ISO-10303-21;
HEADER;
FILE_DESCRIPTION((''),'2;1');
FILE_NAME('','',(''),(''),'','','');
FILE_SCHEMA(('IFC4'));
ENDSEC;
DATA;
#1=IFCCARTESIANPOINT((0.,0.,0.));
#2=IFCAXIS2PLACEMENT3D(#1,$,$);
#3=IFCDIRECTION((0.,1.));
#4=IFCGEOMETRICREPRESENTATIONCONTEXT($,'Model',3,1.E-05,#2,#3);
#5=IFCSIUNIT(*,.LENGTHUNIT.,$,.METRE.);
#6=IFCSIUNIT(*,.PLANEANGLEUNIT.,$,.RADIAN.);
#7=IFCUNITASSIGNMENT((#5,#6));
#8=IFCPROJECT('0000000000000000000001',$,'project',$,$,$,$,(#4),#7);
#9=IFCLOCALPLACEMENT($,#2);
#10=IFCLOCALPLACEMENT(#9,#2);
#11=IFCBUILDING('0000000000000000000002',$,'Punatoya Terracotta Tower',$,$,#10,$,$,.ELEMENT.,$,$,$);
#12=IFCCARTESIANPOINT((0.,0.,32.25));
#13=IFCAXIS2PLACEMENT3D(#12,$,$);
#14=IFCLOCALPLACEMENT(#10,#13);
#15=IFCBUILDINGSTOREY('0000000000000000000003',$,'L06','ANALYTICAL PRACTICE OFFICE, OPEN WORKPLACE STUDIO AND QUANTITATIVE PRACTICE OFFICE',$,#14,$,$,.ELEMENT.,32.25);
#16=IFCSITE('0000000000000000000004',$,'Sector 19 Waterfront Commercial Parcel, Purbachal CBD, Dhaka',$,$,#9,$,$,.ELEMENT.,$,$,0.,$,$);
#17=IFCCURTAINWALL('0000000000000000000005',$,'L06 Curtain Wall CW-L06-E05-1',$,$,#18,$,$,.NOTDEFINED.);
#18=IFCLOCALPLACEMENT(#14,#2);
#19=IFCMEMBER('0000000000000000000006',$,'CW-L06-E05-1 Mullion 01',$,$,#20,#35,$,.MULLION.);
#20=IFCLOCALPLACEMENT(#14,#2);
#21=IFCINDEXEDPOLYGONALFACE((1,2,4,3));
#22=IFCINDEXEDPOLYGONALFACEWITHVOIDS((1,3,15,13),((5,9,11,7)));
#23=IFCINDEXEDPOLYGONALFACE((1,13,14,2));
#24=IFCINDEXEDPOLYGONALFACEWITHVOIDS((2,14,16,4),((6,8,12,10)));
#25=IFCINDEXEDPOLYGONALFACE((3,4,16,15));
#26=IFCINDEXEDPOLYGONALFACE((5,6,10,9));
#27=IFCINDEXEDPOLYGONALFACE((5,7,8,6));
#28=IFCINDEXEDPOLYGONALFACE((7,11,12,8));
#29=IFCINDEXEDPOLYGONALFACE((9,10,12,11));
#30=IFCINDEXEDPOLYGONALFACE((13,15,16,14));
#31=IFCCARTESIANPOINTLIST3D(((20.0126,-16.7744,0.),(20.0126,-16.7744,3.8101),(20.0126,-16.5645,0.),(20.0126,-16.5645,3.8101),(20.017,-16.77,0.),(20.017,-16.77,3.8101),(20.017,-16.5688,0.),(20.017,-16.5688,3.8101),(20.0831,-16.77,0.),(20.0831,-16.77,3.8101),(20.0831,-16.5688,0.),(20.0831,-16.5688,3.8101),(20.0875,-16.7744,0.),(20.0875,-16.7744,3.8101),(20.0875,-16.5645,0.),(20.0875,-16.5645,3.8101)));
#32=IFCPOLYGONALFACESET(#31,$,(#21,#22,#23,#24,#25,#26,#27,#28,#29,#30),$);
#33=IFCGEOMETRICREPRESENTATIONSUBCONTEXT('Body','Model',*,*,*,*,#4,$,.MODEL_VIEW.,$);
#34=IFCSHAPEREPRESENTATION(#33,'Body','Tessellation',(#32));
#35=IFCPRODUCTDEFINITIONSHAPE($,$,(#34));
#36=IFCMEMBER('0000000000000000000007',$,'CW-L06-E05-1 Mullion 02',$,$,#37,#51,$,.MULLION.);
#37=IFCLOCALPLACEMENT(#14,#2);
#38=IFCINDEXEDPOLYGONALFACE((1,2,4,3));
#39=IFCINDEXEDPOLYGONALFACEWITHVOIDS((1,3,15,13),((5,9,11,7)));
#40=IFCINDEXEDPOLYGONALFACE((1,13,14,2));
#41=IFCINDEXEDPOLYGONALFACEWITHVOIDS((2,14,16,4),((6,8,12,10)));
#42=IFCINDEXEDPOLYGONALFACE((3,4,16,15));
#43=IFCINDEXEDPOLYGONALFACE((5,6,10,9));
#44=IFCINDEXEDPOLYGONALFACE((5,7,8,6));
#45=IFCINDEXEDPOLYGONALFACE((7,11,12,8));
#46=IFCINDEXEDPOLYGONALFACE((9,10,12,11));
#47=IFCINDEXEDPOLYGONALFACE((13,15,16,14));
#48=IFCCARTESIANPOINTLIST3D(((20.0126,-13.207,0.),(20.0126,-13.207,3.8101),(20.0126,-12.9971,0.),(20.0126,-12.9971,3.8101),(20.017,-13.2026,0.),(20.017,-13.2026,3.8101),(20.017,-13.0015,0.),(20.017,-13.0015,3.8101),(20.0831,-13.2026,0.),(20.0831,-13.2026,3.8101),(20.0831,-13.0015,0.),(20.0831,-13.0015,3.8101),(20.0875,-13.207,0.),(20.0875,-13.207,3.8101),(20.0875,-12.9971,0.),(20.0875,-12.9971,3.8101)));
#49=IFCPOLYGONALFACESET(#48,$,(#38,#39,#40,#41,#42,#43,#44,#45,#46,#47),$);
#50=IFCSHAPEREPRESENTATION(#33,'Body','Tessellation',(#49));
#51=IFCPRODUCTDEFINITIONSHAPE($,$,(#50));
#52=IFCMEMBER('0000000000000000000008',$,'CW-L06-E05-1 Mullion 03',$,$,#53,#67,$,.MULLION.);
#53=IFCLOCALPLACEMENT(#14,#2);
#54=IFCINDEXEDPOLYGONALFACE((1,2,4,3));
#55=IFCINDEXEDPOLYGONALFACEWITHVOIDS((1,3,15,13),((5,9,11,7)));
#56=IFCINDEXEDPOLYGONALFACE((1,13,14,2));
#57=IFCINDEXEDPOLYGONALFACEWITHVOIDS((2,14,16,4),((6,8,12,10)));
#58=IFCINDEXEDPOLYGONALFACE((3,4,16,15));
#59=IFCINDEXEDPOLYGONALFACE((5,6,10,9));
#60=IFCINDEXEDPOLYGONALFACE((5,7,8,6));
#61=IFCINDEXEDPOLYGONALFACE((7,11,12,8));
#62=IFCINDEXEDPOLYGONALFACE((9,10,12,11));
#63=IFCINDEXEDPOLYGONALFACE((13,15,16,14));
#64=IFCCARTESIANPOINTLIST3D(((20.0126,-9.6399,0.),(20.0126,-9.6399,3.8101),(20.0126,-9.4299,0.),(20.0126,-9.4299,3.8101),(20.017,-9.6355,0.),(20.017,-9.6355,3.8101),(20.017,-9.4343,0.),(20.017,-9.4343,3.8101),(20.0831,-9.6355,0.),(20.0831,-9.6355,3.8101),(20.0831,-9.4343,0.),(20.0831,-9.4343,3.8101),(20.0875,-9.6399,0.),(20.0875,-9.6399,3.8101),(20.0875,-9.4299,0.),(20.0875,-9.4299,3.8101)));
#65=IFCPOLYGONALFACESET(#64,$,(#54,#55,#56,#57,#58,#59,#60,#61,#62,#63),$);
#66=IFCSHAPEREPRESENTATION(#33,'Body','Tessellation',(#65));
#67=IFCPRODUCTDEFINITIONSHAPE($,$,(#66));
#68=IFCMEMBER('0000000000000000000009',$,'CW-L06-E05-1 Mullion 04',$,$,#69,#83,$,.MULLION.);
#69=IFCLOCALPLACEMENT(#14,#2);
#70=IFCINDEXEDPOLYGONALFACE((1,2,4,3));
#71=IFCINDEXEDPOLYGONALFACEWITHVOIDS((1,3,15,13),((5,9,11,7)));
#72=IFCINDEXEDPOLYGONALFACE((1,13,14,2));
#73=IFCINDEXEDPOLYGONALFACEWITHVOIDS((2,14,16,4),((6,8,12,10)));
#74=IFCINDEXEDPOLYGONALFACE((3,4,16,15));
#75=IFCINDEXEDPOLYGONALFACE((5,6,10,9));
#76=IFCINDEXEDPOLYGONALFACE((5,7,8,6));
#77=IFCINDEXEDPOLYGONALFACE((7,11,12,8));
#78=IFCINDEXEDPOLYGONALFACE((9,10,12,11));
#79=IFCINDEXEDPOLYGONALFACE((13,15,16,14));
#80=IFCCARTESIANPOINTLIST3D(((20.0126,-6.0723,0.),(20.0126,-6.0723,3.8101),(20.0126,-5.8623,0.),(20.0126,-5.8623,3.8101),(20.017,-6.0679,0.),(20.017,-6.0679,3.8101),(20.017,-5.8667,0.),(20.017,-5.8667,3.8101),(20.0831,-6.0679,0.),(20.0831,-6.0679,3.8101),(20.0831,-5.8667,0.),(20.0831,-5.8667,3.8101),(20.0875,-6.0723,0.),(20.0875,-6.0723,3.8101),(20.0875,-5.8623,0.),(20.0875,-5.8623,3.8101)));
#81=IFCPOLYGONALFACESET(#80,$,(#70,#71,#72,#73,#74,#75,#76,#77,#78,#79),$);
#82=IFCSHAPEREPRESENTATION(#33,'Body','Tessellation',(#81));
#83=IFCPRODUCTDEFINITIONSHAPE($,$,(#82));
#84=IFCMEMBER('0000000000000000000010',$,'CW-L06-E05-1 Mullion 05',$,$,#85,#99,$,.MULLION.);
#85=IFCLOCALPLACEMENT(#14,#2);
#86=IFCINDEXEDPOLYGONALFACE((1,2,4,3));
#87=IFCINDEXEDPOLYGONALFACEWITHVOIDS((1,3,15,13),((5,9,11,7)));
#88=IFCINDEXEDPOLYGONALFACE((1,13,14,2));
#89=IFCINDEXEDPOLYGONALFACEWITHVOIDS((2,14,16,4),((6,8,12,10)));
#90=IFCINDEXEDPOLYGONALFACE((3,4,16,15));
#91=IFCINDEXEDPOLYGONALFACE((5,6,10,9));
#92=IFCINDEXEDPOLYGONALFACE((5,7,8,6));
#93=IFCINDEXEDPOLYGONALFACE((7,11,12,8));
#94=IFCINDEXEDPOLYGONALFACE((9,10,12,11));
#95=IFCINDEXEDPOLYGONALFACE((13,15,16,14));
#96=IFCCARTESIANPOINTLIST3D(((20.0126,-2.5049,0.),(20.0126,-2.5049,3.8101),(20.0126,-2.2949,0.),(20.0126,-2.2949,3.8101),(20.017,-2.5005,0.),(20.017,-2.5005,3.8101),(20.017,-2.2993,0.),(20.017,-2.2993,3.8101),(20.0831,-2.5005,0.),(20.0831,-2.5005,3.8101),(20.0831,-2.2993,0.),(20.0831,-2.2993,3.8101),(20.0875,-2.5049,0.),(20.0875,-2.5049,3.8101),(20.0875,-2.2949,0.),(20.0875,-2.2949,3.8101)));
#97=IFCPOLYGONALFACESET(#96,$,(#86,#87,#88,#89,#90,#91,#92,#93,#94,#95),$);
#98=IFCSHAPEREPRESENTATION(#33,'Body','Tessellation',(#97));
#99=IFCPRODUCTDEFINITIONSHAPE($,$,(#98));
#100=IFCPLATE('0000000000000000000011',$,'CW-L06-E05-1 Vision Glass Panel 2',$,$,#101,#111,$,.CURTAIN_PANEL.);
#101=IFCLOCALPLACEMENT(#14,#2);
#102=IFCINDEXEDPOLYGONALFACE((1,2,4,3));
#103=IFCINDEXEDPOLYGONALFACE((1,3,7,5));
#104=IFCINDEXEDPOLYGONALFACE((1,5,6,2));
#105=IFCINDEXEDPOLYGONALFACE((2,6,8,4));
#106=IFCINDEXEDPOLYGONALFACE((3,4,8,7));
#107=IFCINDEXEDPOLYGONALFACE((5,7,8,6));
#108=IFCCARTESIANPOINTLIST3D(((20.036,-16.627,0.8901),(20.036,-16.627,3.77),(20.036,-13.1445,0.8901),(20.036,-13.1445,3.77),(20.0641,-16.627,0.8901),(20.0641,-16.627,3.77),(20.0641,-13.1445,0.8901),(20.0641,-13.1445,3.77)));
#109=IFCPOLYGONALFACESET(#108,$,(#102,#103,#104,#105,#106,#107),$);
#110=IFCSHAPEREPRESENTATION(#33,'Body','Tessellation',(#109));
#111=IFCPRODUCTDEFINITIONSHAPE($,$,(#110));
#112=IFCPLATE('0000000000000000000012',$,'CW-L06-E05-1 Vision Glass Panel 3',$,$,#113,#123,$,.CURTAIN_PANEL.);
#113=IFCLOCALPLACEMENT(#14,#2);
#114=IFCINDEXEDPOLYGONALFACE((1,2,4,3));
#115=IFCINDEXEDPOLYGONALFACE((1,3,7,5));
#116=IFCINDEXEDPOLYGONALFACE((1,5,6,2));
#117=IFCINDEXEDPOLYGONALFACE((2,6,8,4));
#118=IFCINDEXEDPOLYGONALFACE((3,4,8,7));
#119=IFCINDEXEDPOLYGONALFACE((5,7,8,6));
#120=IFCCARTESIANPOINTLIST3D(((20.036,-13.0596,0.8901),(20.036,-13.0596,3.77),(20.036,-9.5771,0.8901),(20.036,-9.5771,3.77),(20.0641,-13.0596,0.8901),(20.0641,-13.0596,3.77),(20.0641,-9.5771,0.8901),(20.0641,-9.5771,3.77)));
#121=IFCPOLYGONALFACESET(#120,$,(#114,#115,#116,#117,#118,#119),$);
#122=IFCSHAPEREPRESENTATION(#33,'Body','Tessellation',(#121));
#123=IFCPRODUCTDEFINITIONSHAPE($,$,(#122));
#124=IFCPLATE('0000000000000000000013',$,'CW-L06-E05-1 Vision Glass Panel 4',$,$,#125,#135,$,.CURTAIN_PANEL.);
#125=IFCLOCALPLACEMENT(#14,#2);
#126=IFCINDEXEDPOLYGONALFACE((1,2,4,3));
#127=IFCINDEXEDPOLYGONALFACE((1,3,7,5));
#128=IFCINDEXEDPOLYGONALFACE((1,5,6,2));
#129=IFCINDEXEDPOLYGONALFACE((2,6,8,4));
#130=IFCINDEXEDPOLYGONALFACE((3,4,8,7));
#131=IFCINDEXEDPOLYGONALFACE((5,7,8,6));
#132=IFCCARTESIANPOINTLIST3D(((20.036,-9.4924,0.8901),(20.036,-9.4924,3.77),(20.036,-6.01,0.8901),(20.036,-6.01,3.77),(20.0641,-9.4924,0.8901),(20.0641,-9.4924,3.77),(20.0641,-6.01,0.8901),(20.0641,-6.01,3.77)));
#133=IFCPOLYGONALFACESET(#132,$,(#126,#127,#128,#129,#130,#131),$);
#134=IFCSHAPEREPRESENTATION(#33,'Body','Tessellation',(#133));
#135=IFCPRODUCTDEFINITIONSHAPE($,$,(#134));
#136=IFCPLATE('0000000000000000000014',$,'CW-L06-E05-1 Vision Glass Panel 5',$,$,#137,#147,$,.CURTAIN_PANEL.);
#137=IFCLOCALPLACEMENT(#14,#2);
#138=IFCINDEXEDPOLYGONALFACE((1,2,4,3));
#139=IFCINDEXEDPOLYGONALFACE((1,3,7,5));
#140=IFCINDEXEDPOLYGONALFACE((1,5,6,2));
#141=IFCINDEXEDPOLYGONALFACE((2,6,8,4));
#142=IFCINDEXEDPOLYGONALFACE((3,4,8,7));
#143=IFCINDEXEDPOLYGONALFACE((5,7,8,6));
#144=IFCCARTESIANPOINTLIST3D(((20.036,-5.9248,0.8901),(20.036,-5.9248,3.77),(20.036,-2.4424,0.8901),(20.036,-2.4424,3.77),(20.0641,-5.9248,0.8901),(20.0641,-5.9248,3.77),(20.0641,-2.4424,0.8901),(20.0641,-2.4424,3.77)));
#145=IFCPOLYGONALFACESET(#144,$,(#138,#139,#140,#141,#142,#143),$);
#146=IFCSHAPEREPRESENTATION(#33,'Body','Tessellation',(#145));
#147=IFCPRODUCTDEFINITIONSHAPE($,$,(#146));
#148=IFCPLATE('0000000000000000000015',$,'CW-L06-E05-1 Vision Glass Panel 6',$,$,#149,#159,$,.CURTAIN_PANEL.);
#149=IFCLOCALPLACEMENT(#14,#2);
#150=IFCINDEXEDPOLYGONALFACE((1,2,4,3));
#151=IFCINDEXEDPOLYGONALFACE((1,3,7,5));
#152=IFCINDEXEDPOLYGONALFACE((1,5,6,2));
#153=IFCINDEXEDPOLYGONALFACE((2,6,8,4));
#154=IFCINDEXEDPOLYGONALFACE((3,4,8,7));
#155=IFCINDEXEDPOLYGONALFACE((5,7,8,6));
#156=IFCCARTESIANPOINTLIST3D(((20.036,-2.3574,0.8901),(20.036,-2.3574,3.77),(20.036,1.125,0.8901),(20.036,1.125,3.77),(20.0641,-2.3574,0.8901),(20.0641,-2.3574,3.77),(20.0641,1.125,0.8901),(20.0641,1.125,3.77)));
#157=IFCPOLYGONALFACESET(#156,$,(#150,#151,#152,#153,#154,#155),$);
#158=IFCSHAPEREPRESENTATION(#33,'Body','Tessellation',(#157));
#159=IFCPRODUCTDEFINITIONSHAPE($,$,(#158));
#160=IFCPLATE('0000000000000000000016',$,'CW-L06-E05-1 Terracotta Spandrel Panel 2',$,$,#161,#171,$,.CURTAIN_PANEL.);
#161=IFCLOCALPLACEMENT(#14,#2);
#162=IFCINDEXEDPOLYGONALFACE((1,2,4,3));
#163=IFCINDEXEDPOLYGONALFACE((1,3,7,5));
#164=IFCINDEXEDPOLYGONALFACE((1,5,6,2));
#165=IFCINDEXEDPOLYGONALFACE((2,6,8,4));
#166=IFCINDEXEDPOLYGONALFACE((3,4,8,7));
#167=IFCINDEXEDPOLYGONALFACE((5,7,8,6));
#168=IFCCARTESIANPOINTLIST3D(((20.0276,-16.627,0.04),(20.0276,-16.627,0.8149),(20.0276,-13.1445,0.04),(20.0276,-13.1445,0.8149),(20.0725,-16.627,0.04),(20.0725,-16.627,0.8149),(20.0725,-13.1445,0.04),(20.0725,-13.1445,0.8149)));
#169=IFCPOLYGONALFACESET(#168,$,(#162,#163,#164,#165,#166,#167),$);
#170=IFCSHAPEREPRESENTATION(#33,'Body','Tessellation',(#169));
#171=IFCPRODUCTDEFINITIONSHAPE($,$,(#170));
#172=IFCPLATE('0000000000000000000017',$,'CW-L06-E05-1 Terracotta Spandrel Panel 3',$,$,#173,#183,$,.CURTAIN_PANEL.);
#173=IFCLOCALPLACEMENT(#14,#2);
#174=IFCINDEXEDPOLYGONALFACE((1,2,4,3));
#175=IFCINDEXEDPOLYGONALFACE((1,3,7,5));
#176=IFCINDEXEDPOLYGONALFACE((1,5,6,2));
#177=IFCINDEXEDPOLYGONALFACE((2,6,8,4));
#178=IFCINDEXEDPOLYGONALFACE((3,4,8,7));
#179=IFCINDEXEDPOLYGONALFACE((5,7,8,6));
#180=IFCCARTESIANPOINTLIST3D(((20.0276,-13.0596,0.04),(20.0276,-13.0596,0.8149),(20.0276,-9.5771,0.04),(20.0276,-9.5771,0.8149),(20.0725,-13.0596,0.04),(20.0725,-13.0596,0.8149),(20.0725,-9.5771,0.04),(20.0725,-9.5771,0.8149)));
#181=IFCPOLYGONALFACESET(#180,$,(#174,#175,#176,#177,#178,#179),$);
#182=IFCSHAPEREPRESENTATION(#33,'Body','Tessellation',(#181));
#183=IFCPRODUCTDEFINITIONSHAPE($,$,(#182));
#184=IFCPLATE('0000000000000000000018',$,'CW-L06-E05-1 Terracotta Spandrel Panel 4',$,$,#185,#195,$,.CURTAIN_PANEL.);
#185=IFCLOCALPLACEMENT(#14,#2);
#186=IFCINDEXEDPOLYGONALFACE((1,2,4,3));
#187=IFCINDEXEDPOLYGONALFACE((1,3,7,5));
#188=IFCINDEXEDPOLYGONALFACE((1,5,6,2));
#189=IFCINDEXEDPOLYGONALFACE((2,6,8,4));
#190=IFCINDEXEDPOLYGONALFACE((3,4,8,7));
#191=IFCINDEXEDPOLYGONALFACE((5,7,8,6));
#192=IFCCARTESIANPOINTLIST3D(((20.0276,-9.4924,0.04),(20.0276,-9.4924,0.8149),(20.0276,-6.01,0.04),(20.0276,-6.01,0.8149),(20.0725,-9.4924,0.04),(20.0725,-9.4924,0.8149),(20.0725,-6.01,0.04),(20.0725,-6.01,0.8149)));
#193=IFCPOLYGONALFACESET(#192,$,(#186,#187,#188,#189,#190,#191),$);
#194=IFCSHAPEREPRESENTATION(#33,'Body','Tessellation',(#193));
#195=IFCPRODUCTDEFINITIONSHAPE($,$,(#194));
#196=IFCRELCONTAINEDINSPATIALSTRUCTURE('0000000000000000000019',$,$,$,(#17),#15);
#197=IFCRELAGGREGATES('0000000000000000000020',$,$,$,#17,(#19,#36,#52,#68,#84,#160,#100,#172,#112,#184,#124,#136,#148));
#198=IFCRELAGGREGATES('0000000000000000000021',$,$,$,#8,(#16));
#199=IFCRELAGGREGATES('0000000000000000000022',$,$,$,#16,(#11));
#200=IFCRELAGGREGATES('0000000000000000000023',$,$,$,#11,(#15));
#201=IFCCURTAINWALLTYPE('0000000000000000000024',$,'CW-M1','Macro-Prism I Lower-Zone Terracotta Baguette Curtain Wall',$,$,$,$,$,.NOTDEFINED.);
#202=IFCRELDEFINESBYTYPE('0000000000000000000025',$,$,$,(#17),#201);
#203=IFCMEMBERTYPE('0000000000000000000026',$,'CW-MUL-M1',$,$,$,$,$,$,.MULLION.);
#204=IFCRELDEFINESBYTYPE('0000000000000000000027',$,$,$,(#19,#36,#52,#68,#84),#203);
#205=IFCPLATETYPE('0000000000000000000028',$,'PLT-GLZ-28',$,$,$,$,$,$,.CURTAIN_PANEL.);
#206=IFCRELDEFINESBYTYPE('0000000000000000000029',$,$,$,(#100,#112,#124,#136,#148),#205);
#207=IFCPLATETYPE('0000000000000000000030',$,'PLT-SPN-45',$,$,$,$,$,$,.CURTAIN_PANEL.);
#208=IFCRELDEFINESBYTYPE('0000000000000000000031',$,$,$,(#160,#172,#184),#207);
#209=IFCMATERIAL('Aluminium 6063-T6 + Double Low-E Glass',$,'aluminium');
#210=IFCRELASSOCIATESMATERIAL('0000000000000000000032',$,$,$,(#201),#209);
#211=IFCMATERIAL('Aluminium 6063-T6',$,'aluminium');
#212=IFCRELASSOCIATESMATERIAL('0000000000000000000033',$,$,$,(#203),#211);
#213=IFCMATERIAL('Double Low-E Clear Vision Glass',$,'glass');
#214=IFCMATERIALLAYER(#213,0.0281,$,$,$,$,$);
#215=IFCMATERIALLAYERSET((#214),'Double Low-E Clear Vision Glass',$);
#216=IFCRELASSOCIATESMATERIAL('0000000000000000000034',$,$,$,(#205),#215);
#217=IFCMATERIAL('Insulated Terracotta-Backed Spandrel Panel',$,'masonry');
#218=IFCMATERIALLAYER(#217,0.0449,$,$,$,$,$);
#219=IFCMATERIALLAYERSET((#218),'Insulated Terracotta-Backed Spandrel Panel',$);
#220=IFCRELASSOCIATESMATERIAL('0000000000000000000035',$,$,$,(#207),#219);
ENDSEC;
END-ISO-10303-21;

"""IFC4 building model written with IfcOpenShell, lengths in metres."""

from ifc_helpers import new_model, si_unit, direction, frame, origin, origin_2d, place, context, subcontext, project, spatial, rectangle, hollow_rectangle, extrude, material, layer, layer_set, material_profile, profile_set, type_object, element, aggregate, save


model = new_model("IFC4")

# Units and contexts
model_context = context("Model", 3, precision=1e-05, world=origin(), true_north=direction((0.0, 1.0)))
body_context = subcontext(model_context, "Body", "Model", "MODEL_VIEW")
ifc_project = project(units=[si_unit("LENGTHUNIT", "METRE"), si_unit("PLANEANGLEUNIT", "RADIAN")], contexts=[model_context])

# Site, building, storey
site_placement = place(None, origin())
site = spatial("IfcSite", under=ifc_project, at=site_placement, Name="Sector 19 Waterfront Commercial Parcel, Purbachal CBD, Dhaka", CompositionType="ELEMENT", RefElevation=0.0)
building_placement = place(site_placement, origin())
building = spatial("IfcBuilding", under=site, at=building_placement, Name="Punatoya Terracotta Tower", CompositionType="ELEMENT")
storey_placement = place(building_placement, frame((0.0, 0.0, 32.25)))
storey = spatial("IfcBuildingStorey", under=building, at=storey_placement, Name="L06", Description="ANALYTICAL PRACTICE OFFICE, OPEN WORKPLACE STUDIO AND QUANTITATIVE PRACTICE OFFICE", CompositionType="ELEMENT", Elevation=32.25)

# Curtain wall, members, plates
ifc_material_1 = material(Name="Aluminium 6063-T6 + Double Low-E Glass", Category="aluminium")
curtain_wall_type = type_object("IfcCurtainWallType", Name="CW-M1", Description="Macro-Prism I Lower-Zone Terracotta Baguette Curtain Wall", PredefinedType="NOTDEFINED", material=ifc_material_1)
curtain_wall_placement = place(storey_placement, origin())
curtain_wall = element("IfcCurtainWall", 1, at=curtain_wall_placement, inside=storey, type_object=curtain_wall_type, Name="L06 Curtain Wall CW-L06-E05-1", PredefinedType="NOTDEFINED")
ifc_material_2 = material(Name="Aluminium 6063-T6", Category="aluminium")
ifc_material_profile_1 = material_profile(ifc_material_2, hollow_rectangle(XDim=0.075, YDim=0.21, WallThickness=0.0044, at=origin_2d()))
ifc_profile_set_1 = profile_set([ifc_material_profile_1], Name="Aluminium 6063-T6")
member_type = type_object("IfcMemberType", Name="CW-MUL-M1", PredefinedType="MULLION", material=ifc_profile_set_1)
member_1_placement = place(storey_placement, frame((20.05, -16.6694, 0.0), z_axis=(0.0, 0.0, 1.0), x_axis=(1.0, 0.0, 0.0)))
member_1 = element("IfcMember", 2, at=member_1_placement, type_object=member_type, Name="CW-L06-E05-1 Mullion 01", PredefinedType="MULLION", context=body_context, shape_type="SweptSolid", body=[
    extrude(hollow_rectangle(XDim=0.075, YDim=0.21, WallThickness=0.0044, at=origin_2d()), origin(), (0.0, 0.0, 1.0), 3.8101),
])
member_2_placement = place(storey_placement, frame((20.05, -13.1021, 0.0), z_axis=(0.0, 0.0, 1.0), x_axis=(1.0, 0.0, 0.0)))
member_2 = element("IfcMember", 3, at=member_2_placement, type_object=member_type, Name="CW-L06-E05-1 Mullion 02", PredefinedType="MULLION", context=body_context, shape_type="SweptSolid", body=[
    extrude(hollow_rectangle(XDim=0.075, YDim=0.21, WallThickness=0.0044, at=origin_2d()), origin(), (0.0, 0.0, 1.0), 3.8101),
])
member_3_placement = place(storey_placement, frame((20.05, -9.5349, 0.0), z_axis=(0.0, 0.0, 1.0), x_axis=(1.0, 0.0, 0.0)))
member_3 = element("IfcMember", 4, at=member_3_placement, type_object=member_type, Name="CW-L06-E05-1 Mullion 03", PredefinedType="MULLION", context=body_context, shape_type="SweptSolid", body=[
    extrude(hollow_rectangle(XDim=0.075, YDim=0.21, WallThickness=0.0044, at=origin_2d()), origin(), (0.0, 0.0, 1.0), 3.8101),
])
member_4_placement = place(storey_placement, frame((20.05, -5.9673, 0.0), z_axis=(0.0, 0.0, 1.0), x_axis=(1.0, 0.0, 0.0)))
member_4 = element("IfcMember", 5, at=member_4_placement, type_object=member_type, Name="CW-L06-E05-1 Mullion 04", PredefinedType="MULLION", context=body_context, shape_type="SweptSolid", body=[
    extrude(hollow_rectangle(XDim=0.075, YDim=0.21, WallThickness=0.0044, at=origin_2d()), origin(), (0.0, 0.0, 1.0), 3.8101),
])
member_5_placement = place(storey_placement, frame((20.05, -2.3999, 0.0), z_axis=(0.0, 0.0, 1.0), x_axis=(1.0, 0.0, 0.0)))
member_5 = element("IfcMember", 6, at=member_5_placement, type_object=member_type, Name="CW-L06-E05-1 Mullion 05", PredefinedType="MULLION", context=body_context, shape_type="SweptSolid", body=[
    extrude(hollow_rectangle(XDim=0.075, YDim=0.21, WallThickness=0.0044, at=origin_2d()), origin(), (0.0, 0.0, 1.0), 3.8101),
])
ifc_material_3 = material(Name="Double Low-E Clear Vision Glass", Category="glass")
ifc_layer_1 = layer(ifc_material_3, 0.0281)
ifc_layer_set_1 = layer_set([ifc_layer_1], Name="Double Low-E Clear Vision Glass")
plate_type_1 = type_object("IfcPlateType", Name="PLT-GLZ-28", PredefinedType="CURTAIN_PANEL", material=ifc_layer_set_1)
plate_1_placement = place(storey_placement, frame((20.05, -14.8857, 0.8901), z_axis=(0.0, 0.0, 1.0), x_axis=(0.0, 1.0, 0.0)))
plate_1 = element("IfcPlate", 7, at=plate_1_placement, type_object=plate_type_1, Name="CW-L06-E05-1 Vision Glass Panel 2", PredefinedType="CURTAIN_PANEL", context=body_context, shape_type="SweptSolid", body=[
    extrude(rectangle(XDim=3.4824, YDim=0.0281, at=origin_2d()), origin(), (0.0, 0.0, 1.0), 2.8799),
])
plate_2_placement = place(storey_placement, frame((20.05, -11.3184, 0.8901), z_axis=(0.0, 0.0, 1.0), x_axis=(0.0, 1.0, 0.0)))
plate_2 = element("IfcPlate", 8, at=plate_2_placement, type_object=plate_type_1, Name="CW-L06-E05-1 Vision Glass Panel 3", PredefinedType="CURTAIN_PANEL", context=body_context, shape_type="SweptSolid", body=[
    extrude(rectangle(XDim=3.4824, YDim=0.0281, at=origin_2d()), origin(), (0.0, 0.0, 1.0), 2.8799),
])
plate_3_placement = place(storey_placement, frame((20.05, -7.7512, 0.8901), z_axis=(0.0, 0.0, 1.0), x_axis=(0.0, 1.0, 0.0)))
plate_3 = element("IfcPlate", 9, at=plate_3_placement, type_object=plate_type_1, Name="CW-L06-E05-1 Vision Glass Panel 4", PredefinedType="CURTAIN_PANEL", context=body_context, shape_type="SweptSolid", body=[
    extrude(rectangle(XDim=3.4824, YDim=0.0281, at=origin_2d()), origin(), (0.0, 0.0, 1.0), 2.8799),
])
plate_4_placement = place(storey_placement, frame((20.05, -4.1836, 0.8901), z_axis=(0.0, 0.0, 1.0), x_axis=(0.0, 1.0, 0.0)))
plate_4 = element("IfcPlate", 10, at=plate_4_placement, type_object=plate_type_1, Name="CW-L06-E05-1 Vision Glass Panel 5", PredefinedType="CURTAIN_PANEL", context=body_context, shape_type="SweptSolid", body=[
    extrude(rectangle(XDim=3.4824, YDim=0.0281, at=origin_2d()), origin(), (0.0, 0.0, 1.0), 2.8799),
])
plate_5_placement = place(storey_placement, frame((20.05, -0.6162, 0.8901), z_axis=(0.0, 0.0, 1.0), x_axis=(0.0, 1.0, 0.0)))
plate_5 = element("IfcPlate", 11, at=plate_5_placement, type_object=plate_type_1, Name="CW-L06-E05-1 Vision Glass Panel 6", PredefinedType="CURTAIN_PANEL", context=body_context, shape_type="SweptSolid", body=[
    extrude(rectangle(XDim=3.4824, YDim=0.0281, at=origin_2d()), origin(), (0.0, 0.0, 1.0), 2.8799),
])
ifc_material_4 = material(Name="Insulated Terracotta-Backed Spandrel Panel", Category="masonry")
ifc_layer_2 = layer(ifc_material_4, 0.0449)
ifc_layer_set_2 = layer_set([ifc_layer_2], Name="Insulated Terracotta-Backed Spandrel Panel")
plate_type_2 = type_object("IfcPlateType", Name="PLT-SPN-45", PredefinedType="CURTAIN_PANEL", material=ifc_layer_set_2)
plate_6_placement = place(storey_placement, frame((20.05, -14.8857, 0.04), z_axis=(0.0, 0.0, 1.0), x_axis=(0.0, 1.0, 0.0)))
plate_6 = element("IfcPlate", 12, at=plate_6_placement, type_object=plate_type_2, Name="CW-L06-E05-1 Terracotta Spandrel Panel 2", PredefinedType="CURTAIN_PANEL", context=body_context, shape_type="SweptSolid", body=[
    extrude(rectangle(XDim=3.4824, YDim=0.0449, at=origin_2d()), origin(), (0.0, 0.0, 1.0), 0.7749),
])
plate_7_placement = place(storey_placement, frame((20.05, -11.3184, 0.04), z_axis=(0.0, 0.0, 1.0), x_axis=(0.0, 1.0, 0.0)))
plate_7 = element("IfcPlate", 13, at=plate_7_placement, type_object=plate_type_2, Name="CW-L06-E05-1 Terracotta Spandrel Panel 3", PredefinedType="CURTAIN_PANEL", context=body_context, shape_type="SweptSolid", body=[
    extrude(rectangle(XDim=3.4824, YDim=0.0449, at=origin_2d()), origin(), (0.0, 0.0, 1.0), 0.7749),
])
plate_8_placement = place(storey_placement, frame((20.05, -7.7512, 0.04), z_axis=(0.0, 0.0, 1.0), x_axis=(0.0, 1.0, 0.0)))
plate_8 = element("IfcPlate", 14, at=plate_8_placement, type_object=plate_type_2, Name="CW-L06-E05-1 Terracotta Spandrel Panel 4", PredefinedType="CURTAIN_PANEL", context=body_context, shape_type="SweptSolid", body=[
    extrude(rectangle(XDim=3.4824, YDim=0.0449, at=origin_2d()), origin(), (0.0, 0.0, 1.0), 0.7749),
])
aggregate(curtain_wall, [member_1, member_2, member_3, member_4, member_5, plate_6, plate_1, plate_7, plate_2, plate_8, plate_3, plate_4, plate_5])

save(model, "model.ifc")
